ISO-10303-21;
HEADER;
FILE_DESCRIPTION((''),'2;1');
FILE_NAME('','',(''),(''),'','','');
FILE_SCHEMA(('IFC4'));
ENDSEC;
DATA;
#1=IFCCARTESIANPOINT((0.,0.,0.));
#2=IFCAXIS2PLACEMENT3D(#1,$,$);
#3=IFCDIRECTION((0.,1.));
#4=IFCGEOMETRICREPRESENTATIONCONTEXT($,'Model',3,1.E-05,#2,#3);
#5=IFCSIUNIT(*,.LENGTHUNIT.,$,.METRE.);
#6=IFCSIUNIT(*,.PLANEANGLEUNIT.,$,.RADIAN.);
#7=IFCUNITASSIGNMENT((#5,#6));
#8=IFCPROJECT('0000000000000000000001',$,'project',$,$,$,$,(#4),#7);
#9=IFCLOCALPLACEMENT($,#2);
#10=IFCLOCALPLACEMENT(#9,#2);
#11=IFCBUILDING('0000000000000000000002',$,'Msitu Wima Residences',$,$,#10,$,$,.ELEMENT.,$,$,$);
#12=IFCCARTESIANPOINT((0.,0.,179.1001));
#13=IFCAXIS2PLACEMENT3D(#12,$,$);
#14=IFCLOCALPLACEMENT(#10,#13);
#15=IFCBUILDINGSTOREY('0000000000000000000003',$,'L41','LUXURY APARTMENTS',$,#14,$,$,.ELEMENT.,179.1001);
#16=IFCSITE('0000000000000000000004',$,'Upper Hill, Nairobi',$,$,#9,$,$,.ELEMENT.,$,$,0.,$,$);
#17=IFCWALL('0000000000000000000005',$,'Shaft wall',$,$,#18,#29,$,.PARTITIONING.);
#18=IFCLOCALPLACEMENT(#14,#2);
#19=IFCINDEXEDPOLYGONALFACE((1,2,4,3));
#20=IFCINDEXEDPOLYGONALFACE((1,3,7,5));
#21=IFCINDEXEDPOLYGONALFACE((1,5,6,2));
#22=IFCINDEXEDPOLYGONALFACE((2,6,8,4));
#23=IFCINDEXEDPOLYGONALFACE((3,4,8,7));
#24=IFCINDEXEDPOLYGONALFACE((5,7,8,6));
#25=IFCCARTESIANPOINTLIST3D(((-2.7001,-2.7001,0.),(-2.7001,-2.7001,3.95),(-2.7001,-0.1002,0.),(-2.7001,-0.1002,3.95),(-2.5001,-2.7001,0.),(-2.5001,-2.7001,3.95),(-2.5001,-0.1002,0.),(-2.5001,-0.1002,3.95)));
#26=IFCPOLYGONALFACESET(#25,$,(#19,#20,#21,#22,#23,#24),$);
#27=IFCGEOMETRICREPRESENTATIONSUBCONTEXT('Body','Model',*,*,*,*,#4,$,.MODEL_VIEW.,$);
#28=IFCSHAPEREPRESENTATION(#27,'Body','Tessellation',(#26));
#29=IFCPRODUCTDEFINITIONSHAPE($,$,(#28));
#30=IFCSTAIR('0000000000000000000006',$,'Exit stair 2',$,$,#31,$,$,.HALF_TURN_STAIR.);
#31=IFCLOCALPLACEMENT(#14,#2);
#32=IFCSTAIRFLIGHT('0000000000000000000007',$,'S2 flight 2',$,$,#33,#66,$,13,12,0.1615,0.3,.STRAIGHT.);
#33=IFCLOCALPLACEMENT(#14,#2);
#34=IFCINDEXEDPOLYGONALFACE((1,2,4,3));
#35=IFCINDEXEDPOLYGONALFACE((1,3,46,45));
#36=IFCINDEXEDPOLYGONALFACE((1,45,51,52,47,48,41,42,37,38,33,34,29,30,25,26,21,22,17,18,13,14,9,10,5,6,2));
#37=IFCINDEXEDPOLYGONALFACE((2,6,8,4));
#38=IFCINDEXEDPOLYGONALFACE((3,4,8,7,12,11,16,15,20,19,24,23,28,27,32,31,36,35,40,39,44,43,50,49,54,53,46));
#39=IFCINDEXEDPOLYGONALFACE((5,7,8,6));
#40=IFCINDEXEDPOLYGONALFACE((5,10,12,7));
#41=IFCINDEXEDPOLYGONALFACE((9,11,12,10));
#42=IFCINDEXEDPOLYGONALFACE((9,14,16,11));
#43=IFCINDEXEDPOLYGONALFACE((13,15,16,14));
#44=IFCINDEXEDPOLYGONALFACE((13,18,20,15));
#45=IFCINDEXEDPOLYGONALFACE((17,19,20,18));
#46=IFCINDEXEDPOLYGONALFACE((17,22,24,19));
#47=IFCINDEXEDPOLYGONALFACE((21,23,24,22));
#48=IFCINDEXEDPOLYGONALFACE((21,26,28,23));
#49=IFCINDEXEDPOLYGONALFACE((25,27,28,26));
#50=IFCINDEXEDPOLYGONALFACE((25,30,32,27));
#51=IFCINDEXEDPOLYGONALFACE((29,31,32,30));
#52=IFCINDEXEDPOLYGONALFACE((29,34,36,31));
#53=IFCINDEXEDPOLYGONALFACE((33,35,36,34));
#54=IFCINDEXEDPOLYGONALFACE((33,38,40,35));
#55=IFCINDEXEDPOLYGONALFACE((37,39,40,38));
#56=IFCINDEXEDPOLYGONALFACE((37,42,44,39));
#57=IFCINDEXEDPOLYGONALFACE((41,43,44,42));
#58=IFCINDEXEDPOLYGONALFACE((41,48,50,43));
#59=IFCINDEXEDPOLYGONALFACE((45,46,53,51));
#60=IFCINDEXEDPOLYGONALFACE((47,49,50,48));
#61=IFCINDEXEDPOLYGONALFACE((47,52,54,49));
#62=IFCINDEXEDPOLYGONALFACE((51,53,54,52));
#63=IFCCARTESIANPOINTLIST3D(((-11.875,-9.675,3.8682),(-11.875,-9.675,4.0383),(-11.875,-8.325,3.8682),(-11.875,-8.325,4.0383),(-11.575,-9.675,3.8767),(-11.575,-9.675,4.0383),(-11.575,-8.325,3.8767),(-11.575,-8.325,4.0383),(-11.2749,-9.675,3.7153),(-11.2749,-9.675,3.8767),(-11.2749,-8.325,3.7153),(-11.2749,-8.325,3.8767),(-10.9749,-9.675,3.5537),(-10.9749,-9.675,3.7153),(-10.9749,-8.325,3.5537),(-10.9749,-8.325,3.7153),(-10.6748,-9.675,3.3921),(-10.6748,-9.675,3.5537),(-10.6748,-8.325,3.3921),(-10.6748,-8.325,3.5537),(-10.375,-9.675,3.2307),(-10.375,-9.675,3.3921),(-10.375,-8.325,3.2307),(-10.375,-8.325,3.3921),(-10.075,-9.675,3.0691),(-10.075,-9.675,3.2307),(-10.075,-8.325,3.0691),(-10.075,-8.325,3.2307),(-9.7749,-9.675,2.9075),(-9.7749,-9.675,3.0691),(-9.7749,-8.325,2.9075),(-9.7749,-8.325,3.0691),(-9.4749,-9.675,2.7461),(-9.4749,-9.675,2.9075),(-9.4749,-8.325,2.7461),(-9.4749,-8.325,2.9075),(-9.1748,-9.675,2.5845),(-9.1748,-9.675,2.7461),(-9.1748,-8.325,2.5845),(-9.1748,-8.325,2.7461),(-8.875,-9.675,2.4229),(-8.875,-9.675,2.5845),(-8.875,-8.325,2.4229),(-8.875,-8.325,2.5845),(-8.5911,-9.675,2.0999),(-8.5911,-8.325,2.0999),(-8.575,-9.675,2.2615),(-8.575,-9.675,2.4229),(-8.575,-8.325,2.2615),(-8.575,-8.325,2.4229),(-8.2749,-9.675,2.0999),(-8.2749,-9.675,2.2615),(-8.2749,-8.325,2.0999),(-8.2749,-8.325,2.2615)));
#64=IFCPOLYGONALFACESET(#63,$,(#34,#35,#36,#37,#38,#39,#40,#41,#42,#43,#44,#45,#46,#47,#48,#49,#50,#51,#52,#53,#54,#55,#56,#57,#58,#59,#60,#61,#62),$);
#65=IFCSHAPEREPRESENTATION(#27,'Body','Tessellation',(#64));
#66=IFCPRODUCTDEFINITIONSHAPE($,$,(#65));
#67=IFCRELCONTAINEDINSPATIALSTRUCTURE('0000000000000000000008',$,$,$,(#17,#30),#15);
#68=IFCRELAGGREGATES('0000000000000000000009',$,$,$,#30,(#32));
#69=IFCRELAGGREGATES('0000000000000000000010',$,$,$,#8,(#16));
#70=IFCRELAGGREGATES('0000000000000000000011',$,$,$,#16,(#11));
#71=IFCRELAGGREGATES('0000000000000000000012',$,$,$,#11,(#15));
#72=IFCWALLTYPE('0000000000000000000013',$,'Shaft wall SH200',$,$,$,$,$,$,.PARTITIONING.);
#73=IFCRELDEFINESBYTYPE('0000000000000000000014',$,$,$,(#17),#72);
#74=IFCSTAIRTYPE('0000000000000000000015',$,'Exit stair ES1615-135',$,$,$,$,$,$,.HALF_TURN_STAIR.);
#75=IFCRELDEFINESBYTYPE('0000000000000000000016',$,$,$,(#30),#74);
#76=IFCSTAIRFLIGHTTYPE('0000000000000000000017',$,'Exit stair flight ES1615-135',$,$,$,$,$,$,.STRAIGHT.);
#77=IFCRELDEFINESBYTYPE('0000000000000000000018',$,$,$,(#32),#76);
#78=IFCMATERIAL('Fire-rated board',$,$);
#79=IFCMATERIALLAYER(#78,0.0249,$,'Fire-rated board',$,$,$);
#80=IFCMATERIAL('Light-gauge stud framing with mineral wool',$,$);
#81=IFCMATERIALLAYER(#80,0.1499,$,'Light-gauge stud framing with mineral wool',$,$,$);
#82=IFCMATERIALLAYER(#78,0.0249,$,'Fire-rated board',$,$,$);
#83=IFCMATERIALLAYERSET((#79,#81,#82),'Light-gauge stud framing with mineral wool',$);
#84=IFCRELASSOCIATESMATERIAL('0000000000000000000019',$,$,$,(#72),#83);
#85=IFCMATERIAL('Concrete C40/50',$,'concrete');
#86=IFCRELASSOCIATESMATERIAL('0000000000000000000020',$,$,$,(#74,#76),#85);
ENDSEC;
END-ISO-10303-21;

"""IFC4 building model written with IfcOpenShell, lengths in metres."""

from ifc_helpers import new_model, si_unit, direction, frame, frame_2d, origin, place, context, subcontext, project, spatial, polyline, rectangle, outline, extrude, material, layer, layer_set, type_object, element, aggregate, save


model = new_model("IFC4")

# Units and contexts
model_context = context("Model", 3, precision=1e-05, world=origin(), true_north=direction((0.0, 1.0)))
body_context = subcontext(model_context, "Body", "Model", "MODEL_VIEW")
ifc_project = project(units=[si_unit("LENGTHUNIT", "METRE"), si_unit("PLANEANGLEUNIT", "RADIAN")], contexts=[model_context])

# Site, building, storey
site_placement = place(None, origin())
site = spatial("IfcSite", under=ifc_project, at=site_placement, Name="Upper Hill, Nairobi", CompositionType="ELEMENT", RefElevation=0.0)
building_placement = place(site_placement, origin())
building = spatial("IfcBuilding", under=site, at=building_placement, Name="Msitu Wima Residences", CompositionType="ELEMENT")
storey_placement = place(building_placement, frame((0.0, 0.0, 179.1001)))
storey = spatial("IfcBuildingStorey", under=building, at=storey_placement, Name="L41", Description="LUXURY APARTMENTS", CompositionType="ELEMENT", Elevation=179.1001)

# Shared definitions
ifc_material_1 = material(Name="Fire-rated board")
ifc_layer_1 = layer(ifc_material_1, 0.0249, Name="Fire-rated board")
ifc_material_2 = material(Name="Light-gauge stud framing with mineral wool")
ifc_layer_2 = layer(ifc_material_2, 0.1499, Name="Light-gauge stud framing with mineral wool")
ifc_layer_3 = layer(ifc_material_1, 0.0249, Name="Fire-rated board")
ifc_layer_set_1 = layer_set([ifc_layer_1, ifc_layer_2, ifc_layer_3], Name="Light-gauge stud framing with mineral wool")
wall_type_1 = type_object("IfcWallType", Name="Shaft wall SH200", PredefinedType="PARTITIONING", material=ifc_layer_set_1)

# Wall
for number, where, z_axis, x_axis, name in (
    (1, (-2.6001, -2.7, 0.0), (0.0, 0.0, 1.0), (0.0, 1.0, 0.0), "Shaft wall"),
):
    element("IfcWall", number, at=place(storey_placement, frame(where, z_axis=z_axis, x_axis=x_axis)), inside=storey, type_object=wall_type_1, Name=name, PredefinedType="PARTITIONING", context=body_context, shape_type="SweptSolid", body=[
        extrude(rectangle(XDim=2.5999, YDim=0.2, at=frame_2d((1.2998, 0.0))), origin(), (0.0, 0.0, 1.0), 3.95),
    ])

# Stair, stair flight
ifc_material_3 = material(Name="Concrete C40/50", Category="concrete")
stair_type = type_object("IfcStairType", Name="Exit stair ES1615-135", PredefinedType="HALF_TURN_STAIR", material=ifc_material_3)
stair_placement = place(storey_placement, origin())
stair = element("IfcStair", 2, at=stair_placement, inside=storey, type_object=stair_type, Name="Exit stair 2", PredefinedType="HALF_TURN_STAIR")
stair_flight_type = type_object("IfcStairFlightType", Name="Exit stair flight ES1615-135", PredefinedType="STRAIGHT", material=ifc_material_3)
stair_flight_placement = place(storey_placement, frame((-8.2749, -9.0, 2.0999), z_axis=(0.0, 0.0, 1.0), x_axis=(-1.0, 0.0, 0.0)))
stair_flight = element("IfcStairFlight", 3, at=stair_flight_placement, type_object=stair_flight_type, Name="S2 flight 2", NumberOfRisers=13, NumberOfTreads=12, PredefinedType="STRAIGHT", RiserHeight=0.1615, TreadLength=0.3, context=body_context, shape_type="SweptSolid", body=[
    extrude(outline(polyline([(0.0, 0.0), (0.0, 0.1616), (0.3, 0.1616), (0.3, 0.323), (0.6001, 0.323), (0.6001, 0.4846), (0.8999, 0.4846), (0.8999, 0.6462), (1.2, 0.6462), (1.2, 0.8076), (1.5, 0.8076), (1.5, 0.9692), (1.8, 0.9692), (1.8, 1.1309), (2.1001, 1.1309), (2.1001, 1.2922), (2.3999, 1.2922), (2.3999, 1.4539), (2.7, 1.4539), (2.7, 1.6155), (3.0, 1.6155), (3.0, 1.7769), (3.3, 1.7769), (3.3, 1.9385), (3.6001, 1.9385), (3.6001, 2.1001), (3.6001, 1.7683), (0.3162, 0.0), (0.0, 0.0)])), frame((0.0, 0.675, 0.0), z_axis=(0.0, -1.0, 0.0), x_axis=(1.0, 0.0, 0.0)), (0.0, 0.0, 1.0), 1.3501),
])
aggregate(stair, [stair_flight])

save(model, "model.ifc")
